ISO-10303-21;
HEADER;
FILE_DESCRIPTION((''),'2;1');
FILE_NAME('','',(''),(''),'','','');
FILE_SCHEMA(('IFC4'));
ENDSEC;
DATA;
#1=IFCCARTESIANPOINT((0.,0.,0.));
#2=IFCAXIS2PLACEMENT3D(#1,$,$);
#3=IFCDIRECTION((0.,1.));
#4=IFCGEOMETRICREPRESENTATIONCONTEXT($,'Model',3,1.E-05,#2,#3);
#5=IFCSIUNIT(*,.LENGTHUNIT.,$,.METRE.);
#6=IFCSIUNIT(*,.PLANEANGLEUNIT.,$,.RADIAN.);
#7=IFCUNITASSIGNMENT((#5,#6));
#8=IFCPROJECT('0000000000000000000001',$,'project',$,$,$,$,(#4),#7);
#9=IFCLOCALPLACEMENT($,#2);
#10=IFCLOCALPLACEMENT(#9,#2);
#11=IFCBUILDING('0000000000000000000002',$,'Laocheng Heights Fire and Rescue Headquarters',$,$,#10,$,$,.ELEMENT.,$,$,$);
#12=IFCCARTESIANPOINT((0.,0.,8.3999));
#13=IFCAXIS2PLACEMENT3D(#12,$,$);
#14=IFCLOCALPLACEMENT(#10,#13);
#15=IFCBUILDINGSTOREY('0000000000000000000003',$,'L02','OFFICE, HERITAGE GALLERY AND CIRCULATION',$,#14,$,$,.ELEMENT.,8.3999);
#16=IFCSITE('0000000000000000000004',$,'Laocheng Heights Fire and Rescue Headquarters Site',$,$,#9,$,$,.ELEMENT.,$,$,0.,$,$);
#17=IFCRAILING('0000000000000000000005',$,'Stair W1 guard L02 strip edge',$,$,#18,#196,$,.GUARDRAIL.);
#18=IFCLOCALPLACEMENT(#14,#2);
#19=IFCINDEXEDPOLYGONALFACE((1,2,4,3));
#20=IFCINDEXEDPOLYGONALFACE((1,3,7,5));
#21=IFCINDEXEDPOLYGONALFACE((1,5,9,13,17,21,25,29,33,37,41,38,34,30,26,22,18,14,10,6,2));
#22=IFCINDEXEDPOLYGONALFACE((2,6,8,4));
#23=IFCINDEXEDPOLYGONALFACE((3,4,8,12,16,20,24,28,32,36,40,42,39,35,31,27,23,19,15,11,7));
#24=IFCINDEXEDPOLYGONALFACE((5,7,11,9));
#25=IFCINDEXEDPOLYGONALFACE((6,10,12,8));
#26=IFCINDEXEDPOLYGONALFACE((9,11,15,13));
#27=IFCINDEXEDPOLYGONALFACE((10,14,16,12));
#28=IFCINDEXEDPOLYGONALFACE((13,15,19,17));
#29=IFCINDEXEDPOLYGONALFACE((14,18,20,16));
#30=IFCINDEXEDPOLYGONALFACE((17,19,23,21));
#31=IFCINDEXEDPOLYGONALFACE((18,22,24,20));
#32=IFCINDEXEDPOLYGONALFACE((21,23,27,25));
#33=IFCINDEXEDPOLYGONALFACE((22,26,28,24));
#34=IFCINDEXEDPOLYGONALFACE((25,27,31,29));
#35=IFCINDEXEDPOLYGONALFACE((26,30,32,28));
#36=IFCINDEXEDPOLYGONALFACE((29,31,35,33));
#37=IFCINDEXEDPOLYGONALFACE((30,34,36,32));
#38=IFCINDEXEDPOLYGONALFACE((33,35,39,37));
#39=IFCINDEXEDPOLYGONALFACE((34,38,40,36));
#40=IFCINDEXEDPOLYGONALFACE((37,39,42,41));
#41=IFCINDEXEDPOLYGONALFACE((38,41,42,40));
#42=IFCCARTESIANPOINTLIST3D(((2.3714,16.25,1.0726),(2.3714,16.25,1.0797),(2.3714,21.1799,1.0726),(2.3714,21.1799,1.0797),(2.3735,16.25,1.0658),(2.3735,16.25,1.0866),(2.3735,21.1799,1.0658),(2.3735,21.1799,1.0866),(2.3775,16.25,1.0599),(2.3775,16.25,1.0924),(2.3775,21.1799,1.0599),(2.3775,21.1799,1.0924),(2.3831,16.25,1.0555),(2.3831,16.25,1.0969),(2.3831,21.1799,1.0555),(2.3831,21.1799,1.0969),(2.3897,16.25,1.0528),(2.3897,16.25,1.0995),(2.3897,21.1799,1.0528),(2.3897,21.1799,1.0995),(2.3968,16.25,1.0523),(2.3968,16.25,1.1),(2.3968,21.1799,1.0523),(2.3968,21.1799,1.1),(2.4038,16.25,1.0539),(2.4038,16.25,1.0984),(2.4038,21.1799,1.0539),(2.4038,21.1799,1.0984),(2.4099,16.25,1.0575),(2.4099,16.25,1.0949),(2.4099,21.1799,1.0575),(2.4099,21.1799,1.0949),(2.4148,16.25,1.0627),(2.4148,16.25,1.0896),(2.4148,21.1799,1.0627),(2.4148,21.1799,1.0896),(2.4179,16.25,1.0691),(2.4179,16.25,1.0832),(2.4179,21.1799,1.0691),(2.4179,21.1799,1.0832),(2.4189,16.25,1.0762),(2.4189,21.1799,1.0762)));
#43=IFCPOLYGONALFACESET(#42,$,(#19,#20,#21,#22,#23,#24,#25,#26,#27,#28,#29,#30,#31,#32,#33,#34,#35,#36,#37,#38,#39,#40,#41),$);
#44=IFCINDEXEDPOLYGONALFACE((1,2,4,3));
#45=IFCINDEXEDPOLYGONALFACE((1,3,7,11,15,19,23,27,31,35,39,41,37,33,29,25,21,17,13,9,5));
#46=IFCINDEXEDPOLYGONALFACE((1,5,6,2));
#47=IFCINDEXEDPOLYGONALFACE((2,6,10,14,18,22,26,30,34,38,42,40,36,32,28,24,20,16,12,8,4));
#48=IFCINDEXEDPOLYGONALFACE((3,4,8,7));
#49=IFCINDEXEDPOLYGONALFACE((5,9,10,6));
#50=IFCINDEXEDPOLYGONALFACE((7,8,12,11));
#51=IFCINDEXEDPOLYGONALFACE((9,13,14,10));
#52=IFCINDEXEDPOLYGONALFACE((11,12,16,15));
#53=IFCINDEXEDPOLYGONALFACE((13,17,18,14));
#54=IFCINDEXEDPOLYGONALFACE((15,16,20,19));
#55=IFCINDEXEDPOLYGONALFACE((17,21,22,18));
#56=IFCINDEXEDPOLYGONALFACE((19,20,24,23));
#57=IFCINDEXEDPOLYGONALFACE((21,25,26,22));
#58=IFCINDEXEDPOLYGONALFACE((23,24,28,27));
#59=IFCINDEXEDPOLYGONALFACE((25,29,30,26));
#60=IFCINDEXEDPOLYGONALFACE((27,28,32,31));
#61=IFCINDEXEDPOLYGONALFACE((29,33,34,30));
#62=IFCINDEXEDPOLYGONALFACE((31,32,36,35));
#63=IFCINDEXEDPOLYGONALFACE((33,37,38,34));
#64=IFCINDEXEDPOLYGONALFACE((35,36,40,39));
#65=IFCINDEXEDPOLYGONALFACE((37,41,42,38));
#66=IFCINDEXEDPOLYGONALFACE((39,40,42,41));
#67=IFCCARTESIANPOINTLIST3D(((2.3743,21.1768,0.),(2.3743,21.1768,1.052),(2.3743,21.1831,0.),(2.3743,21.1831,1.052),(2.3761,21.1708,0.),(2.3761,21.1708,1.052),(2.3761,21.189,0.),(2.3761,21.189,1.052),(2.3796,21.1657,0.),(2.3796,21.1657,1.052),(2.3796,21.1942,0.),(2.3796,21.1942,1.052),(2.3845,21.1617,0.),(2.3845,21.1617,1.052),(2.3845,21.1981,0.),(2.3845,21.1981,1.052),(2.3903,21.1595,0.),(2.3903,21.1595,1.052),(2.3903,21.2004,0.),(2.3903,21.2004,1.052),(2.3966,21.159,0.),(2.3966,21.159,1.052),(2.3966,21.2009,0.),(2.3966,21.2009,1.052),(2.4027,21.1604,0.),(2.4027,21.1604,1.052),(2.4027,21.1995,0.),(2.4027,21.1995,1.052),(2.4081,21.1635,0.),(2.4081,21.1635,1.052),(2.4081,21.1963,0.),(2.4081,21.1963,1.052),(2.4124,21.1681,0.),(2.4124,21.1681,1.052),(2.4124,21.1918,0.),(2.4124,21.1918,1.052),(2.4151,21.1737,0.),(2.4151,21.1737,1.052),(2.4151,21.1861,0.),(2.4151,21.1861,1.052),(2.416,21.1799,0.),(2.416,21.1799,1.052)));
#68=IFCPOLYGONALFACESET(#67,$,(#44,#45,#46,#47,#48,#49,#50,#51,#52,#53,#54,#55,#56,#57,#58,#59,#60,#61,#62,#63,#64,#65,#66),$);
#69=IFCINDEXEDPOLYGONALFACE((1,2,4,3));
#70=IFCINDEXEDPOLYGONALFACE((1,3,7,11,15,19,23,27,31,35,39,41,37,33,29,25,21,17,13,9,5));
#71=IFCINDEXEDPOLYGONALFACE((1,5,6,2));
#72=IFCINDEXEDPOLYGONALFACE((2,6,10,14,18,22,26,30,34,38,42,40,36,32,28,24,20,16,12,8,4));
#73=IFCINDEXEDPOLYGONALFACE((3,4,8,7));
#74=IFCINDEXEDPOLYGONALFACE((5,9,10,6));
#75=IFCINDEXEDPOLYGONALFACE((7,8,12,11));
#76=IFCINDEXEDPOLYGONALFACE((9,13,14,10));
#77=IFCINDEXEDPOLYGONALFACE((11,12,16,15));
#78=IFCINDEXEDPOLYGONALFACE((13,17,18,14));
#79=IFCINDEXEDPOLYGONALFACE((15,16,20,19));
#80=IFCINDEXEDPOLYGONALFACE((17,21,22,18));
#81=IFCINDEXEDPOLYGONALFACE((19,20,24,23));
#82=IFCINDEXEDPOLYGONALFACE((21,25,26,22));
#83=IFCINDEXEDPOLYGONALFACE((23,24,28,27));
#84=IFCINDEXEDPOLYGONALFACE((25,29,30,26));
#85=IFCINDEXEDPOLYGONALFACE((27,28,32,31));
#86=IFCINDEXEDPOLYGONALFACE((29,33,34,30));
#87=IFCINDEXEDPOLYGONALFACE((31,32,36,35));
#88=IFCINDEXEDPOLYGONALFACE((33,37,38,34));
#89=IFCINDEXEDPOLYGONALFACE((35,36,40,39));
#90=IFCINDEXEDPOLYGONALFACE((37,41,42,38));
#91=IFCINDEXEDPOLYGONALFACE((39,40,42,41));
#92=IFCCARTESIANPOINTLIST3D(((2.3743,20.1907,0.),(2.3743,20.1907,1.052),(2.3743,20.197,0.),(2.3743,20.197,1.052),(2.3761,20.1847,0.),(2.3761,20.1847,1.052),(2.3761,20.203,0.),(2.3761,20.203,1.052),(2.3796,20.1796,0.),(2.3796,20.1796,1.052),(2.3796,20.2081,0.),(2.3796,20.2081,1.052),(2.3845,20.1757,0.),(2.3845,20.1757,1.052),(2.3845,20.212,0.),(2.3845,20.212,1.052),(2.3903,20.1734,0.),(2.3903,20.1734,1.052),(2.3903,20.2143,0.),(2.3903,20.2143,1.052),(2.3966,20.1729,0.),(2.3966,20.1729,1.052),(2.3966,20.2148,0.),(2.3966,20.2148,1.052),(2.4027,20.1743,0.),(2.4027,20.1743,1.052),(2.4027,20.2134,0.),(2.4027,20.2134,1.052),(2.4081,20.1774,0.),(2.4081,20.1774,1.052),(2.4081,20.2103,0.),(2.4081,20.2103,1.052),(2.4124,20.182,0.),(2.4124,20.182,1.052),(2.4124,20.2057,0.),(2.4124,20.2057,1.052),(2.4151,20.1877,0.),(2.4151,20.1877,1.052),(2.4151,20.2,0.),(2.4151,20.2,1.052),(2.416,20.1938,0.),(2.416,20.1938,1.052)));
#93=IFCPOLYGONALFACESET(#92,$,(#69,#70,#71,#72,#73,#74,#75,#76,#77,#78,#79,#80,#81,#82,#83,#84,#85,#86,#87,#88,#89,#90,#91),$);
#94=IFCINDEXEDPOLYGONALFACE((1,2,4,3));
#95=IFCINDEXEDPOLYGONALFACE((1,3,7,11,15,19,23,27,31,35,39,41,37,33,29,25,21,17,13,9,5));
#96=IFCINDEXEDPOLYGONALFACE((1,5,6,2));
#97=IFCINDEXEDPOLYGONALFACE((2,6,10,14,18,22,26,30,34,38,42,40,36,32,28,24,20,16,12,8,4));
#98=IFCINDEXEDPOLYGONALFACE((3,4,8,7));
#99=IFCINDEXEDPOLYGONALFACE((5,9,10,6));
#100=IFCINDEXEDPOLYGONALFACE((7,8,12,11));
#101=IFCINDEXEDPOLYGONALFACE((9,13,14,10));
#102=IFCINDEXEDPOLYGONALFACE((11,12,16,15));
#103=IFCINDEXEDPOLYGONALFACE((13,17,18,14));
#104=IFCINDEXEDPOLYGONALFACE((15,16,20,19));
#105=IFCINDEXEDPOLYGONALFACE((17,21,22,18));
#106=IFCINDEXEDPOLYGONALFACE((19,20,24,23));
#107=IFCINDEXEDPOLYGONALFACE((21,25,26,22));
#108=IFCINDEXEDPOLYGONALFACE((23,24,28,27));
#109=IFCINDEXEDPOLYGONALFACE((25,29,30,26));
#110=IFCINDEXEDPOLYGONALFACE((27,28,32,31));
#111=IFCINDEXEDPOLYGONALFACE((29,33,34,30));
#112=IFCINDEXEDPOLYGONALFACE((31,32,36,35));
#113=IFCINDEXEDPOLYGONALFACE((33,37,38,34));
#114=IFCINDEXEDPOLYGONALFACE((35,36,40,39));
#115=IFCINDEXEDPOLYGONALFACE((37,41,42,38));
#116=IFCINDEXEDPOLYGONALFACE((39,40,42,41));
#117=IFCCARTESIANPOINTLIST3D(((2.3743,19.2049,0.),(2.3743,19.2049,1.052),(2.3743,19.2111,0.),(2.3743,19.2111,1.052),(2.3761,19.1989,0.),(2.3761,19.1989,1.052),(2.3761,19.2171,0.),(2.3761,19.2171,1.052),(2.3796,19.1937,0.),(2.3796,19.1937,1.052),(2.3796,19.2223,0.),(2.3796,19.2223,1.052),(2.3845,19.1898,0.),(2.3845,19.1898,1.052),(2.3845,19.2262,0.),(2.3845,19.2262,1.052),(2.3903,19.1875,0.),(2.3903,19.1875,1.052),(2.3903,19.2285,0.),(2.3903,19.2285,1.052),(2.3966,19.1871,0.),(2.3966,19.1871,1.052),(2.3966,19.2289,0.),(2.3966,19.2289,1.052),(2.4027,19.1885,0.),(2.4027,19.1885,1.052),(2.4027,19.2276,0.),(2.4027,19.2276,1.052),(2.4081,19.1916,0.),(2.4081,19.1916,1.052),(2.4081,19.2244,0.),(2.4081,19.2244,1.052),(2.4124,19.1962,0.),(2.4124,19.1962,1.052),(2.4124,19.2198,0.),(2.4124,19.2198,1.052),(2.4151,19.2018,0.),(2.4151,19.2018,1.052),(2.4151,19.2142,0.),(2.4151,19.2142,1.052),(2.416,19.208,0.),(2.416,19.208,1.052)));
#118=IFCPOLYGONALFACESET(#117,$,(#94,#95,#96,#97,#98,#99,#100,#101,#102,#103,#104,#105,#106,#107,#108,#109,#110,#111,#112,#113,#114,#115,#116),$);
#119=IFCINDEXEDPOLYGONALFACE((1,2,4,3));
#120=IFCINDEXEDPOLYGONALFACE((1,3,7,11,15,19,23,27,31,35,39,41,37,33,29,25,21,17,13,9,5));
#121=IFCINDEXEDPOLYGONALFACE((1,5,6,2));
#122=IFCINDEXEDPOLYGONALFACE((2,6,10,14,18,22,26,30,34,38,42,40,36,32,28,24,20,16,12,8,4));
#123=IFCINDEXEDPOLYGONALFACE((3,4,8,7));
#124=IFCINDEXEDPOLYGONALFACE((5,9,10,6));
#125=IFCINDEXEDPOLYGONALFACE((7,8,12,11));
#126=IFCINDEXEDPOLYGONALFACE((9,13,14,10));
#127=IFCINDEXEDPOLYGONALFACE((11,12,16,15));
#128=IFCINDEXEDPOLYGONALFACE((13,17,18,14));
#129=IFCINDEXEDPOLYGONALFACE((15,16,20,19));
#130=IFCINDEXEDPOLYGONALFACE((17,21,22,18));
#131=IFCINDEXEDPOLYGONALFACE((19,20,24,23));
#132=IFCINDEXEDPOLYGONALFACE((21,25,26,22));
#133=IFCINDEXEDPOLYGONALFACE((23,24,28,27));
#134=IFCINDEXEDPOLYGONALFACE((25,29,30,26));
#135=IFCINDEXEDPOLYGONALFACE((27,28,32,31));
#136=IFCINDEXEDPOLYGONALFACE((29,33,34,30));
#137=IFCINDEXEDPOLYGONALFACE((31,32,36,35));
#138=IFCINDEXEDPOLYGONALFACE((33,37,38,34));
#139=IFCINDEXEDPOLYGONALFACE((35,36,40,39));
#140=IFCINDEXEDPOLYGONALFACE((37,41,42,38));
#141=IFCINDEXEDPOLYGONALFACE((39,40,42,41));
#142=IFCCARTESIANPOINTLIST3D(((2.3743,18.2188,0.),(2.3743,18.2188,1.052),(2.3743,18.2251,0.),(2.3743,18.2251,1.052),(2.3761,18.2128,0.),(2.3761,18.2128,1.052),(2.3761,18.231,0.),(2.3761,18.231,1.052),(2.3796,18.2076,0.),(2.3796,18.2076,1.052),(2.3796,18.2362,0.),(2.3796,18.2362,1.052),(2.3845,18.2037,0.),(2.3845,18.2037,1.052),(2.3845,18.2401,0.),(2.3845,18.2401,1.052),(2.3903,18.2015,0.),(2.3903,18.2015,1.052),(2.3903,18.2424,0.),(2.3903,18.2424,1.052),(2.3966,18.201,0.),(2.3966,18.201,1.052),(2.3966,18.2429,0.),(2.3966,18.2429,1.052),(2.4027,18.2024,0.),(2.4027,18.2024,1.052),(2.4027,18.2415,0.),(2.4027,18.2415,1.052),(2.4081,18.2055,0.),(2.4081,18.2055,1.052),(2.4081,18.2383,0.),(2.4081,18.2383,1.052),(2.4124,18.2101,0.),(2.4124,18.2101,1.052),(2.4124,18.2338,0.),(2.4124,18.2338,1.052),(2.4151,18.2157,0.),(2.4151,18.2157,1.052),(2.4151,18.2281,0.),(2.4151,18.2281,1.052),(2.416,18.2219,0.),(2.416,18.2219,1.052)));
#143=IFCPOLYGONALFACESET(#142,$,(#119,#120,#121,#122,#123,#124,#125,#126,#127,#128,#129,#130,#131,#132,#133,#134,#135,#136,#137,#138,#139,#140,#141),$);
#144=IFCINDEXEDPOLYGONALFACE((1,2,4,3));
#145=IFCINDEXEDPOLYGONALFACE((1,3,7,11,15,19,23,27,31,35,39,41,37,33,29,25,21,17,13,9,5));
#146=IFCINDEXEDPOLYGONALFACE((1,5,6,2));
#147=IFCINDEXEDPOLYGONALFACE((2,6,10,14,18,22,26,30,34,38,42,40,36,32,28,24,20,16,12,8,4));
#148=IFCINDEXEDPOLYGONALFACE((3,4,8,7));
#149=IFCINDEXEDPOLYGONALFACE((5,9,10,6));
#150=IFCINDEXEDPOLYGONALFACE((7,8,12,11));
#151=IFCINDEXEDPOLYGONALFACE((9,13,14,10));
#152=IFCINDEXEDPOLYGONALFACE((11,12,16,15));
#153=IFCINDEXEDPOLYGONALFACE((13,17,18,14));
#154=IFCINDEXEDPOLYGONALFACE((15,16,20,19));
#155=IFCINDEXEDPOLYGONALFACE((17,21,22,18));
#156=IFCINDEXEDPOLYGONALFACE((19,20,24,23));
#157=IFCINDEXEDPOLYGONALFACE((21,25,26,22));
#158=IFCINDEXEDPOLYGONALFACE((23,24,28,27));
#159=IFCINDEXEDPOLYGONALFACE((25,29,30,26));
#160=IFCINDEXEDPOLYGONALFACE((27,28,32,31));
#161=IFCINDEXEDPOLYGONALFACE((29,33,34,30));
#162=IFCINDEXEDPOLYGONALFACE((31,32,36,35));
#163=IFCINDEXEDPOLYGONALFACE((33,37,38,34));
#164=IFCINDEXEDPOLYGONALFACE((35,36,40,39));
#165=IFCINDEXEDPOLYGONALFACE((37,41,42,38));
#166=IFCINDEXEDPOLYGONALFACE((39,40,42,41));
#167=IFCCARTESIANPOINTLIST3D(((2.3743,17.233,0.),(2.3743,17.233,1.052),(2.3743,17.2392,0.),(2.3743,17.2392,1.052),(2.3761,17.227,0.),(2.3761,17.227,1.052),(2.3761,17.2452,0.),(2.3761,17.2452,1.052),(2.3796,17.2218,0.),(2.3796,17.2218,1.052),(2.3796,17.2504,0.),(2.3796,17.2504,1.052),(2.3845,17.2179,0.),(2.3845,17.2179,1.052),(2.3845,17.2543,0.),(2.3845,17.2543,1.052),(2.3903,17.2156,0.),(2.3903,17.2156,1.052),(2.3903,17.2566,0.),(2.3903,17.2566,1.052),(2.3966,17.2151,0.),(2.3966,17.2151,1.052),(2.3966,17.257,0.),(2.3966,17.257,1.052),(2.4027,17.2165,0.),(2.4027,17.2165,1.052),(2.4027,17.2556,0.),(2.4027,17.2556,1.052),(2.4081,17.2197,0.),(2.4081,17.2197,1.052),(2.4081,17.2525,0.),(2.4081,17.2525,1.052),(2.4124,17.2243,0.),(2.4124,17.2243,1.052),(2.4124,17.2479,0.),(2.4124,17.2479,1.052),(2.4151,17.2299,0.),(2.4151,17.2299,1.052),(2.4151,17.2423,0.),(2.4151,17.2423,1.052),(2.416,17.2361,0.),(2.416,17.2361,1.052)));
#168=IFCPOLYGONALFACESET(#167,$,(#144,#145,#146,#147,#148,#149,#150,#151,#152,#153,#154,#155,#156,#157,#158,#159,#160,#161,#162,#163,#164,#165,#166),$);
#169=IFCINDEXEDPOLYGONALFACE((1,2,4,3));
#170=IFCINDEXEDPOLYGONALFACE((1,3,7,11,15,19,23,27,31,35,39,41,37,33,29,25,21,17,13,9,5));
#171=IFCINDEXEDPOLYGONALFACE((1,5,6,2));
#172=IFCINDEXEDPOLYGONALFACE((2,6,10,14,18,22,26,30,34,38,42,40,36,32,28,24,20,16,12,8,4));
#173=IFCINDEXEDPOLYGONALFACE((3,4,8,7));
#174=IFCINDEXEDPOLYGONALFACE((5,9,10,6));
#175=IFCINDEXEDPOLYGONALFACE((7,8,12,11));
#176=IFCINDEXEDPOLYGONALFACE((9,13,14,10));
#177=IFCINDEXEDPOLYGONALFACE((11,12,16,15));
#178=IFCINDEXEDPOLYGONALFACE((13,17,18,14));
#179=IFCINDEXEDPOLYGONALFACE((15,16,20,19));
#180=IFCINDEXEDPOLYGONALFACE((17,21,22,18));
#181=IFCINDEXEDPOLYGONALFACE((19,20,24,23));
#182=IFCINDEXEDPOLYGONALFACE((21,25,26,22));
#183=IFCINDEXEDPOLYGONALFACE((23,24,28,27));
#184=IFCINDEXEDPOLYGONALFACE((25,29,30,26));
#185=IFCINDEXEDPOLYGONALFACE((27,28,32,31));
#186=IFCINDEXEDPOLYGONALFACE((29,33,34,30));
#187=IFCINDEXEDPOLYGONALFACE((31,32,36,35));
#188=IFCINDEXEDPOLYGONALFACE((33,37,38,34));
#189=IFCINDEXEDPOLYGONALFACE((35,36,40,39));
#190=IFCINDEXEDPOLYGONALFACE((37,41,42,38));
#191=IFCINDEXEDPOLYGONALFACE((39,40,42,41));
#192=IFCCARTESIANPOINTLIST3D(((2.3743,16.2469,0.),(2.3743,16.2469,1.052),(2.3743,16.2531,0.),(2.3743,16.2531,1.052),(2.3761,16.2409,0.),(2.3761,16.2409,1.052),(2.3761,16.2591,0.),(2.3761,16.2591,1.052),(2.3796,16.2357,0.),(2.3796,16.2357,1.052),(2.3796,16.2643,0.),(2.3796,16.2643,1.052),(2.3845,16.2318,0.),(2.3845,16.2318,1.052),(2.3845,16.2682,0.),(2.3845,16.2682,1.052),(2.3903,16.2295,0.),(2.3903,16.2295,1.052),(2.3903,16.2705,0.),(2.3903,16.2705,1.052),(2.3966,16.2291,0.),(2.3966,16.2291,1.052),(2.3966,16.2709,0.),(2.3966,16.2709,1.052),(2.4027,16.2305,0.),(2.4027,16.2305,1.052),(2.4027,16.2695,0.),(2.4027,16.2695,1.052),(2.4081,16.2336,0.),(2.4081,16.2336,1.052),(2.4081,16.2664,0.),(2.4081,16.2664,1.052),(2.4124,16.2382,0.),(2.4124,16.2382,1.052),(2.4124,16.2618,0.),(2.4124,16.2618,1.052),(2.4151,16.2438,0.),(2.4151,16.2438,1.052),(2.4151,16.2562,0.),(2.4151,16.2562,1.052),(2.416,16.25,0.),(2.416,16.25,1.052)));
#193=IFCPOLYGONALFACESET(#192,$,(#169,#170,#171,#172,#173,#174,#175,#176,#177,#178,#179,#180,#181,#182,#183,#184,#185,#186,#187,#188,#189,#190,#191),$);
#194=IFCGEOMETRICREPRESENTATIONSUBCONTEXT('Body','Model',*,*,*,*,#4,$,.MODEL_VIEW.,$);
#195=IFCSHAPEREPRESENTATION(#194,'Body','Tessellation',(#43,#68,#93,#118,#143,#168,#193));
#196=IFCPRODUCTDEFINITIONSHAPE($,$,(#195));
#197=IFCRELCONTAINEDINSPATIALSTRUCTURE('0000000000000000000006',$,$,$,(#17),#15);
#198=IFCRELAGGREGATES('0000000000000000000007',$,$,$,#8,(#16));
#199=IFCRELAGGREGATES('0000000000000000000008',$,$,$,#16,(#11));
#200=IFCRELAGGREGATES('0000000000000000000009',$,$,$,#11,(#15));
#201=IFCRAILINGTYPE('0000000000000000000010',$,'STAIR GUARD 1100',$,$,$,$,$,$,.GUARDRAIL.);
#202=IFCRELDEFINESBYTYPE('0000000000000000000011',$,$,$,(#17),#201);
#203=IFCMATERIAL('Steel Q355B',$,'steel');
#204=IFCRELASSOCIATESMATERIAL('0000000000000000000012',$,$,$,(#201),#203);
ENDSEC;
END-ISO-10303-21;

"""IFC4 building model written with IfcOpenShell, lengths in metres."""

from ifc_helpers import new_model, si_unit, direction, frame, origin, origin_2d, place, context, subcontext, project, spatial, circle, extrude, material, type_object, element, save


model = new_model("IFC4")

# Units and contexts
model_context = context("Model", 3, precision=1e-05, world=origin(), true_north=direction((0.0, 1.0)))
body_context = subcontext(model_context, "Body", "Model", "MODEL_VIEW")
ifc_project = project(units=[si_unit("LENGTHUNIT", "METRE"), si_unit("PLANEANGLEUNIT", "RADIAN")], contexts=[model_context])

# Site, building, storey
site_placement = place(None, origin())
site = spatial("IfcSite", under=ifc_project, at=site_placement, Name="Laocheng Heights Fire and Rescue Headquarters Site", CompositionType="ELEMENT", RefElevation=0.0)
building_placement = place(site_placement, origin())
building = spatial("IfcBuilding", under=site, at=building_placement, Name="Laocheng Heights Fire and Rescue Headquarters", CompositionType="ELEMENT")
storey_placement = place(building_placement, frame((0.0, 0.0, 8.3999)))
storey = spatial("IfcBuildingStorey", under=building, at=storey_placement, Name="L02", Description="OFFICE, HERITAGE GALLERY AND CIRCULATION", CompositionType="ELEMENT", Elevation=8.3999)

# Railing
ifc_material_1 = material(Name="Steel Q355B", Category="steel")
railing_type = type_object("IfcRailingType", Name="STAIR GUARD 1100", PredefinedType="GUARDRAIL", material=ifc_material_1)
railing_1_placement = place(storey_placement, frame((2.395, 21.1799, 0.0)))
element("IfcRailing", 1, at=railing_1_placement, inside=storey, type_object=railing_type, Name="Stair W1 guard L02 strip edge", PredefinedType="GUARDRAIL", context=body_context, shape_type="SweptSolid", body=[
    extrude(circle(Radius=0.0239, at=origin_2d()), frame((0.0, 0.0, 1.0762), z_axis=(0.0, -1.0, 0.0), x_axis=(1.0, 0.0, 0.0)), (0.0, 0.0, 1.0), 4.9299),
    extrude(circle(Radius=0.021, at=origin_2d()), origin(), (0.0, 0.0, 1.0), 1.052),
    extrude(circle(Radius=0.021, at=origin_2d()), frame((0.0, -0.9861, 0.0)), (0.0, 0.0, 1.0), 1.052),
    extrude(circle(Radius=0.021, at=origin_2d()), frame((0.0, -1.9719, 0.0)), (0.0, 0.0, 1.0), 1.052),
    extrude(circle(Radius=0.021, at=origin_2d()), frame((0.0, -2.958, 0.0)), (0.0, 0.0, 1.0), 1.052),
    extrude(circle(Radius=0.021, at=origin_2d()), frame((0.0, -3.9438, 0.0)), (0.0, 0.0, 1.0), 1.052),
    extrude(circle(Radius=0.021, at=origin_2d()), frame((0.0, -4.9299, 0.0)), (0.0, 0.0, 1.0), 1.052),
])

save(model, "model.ifc")
